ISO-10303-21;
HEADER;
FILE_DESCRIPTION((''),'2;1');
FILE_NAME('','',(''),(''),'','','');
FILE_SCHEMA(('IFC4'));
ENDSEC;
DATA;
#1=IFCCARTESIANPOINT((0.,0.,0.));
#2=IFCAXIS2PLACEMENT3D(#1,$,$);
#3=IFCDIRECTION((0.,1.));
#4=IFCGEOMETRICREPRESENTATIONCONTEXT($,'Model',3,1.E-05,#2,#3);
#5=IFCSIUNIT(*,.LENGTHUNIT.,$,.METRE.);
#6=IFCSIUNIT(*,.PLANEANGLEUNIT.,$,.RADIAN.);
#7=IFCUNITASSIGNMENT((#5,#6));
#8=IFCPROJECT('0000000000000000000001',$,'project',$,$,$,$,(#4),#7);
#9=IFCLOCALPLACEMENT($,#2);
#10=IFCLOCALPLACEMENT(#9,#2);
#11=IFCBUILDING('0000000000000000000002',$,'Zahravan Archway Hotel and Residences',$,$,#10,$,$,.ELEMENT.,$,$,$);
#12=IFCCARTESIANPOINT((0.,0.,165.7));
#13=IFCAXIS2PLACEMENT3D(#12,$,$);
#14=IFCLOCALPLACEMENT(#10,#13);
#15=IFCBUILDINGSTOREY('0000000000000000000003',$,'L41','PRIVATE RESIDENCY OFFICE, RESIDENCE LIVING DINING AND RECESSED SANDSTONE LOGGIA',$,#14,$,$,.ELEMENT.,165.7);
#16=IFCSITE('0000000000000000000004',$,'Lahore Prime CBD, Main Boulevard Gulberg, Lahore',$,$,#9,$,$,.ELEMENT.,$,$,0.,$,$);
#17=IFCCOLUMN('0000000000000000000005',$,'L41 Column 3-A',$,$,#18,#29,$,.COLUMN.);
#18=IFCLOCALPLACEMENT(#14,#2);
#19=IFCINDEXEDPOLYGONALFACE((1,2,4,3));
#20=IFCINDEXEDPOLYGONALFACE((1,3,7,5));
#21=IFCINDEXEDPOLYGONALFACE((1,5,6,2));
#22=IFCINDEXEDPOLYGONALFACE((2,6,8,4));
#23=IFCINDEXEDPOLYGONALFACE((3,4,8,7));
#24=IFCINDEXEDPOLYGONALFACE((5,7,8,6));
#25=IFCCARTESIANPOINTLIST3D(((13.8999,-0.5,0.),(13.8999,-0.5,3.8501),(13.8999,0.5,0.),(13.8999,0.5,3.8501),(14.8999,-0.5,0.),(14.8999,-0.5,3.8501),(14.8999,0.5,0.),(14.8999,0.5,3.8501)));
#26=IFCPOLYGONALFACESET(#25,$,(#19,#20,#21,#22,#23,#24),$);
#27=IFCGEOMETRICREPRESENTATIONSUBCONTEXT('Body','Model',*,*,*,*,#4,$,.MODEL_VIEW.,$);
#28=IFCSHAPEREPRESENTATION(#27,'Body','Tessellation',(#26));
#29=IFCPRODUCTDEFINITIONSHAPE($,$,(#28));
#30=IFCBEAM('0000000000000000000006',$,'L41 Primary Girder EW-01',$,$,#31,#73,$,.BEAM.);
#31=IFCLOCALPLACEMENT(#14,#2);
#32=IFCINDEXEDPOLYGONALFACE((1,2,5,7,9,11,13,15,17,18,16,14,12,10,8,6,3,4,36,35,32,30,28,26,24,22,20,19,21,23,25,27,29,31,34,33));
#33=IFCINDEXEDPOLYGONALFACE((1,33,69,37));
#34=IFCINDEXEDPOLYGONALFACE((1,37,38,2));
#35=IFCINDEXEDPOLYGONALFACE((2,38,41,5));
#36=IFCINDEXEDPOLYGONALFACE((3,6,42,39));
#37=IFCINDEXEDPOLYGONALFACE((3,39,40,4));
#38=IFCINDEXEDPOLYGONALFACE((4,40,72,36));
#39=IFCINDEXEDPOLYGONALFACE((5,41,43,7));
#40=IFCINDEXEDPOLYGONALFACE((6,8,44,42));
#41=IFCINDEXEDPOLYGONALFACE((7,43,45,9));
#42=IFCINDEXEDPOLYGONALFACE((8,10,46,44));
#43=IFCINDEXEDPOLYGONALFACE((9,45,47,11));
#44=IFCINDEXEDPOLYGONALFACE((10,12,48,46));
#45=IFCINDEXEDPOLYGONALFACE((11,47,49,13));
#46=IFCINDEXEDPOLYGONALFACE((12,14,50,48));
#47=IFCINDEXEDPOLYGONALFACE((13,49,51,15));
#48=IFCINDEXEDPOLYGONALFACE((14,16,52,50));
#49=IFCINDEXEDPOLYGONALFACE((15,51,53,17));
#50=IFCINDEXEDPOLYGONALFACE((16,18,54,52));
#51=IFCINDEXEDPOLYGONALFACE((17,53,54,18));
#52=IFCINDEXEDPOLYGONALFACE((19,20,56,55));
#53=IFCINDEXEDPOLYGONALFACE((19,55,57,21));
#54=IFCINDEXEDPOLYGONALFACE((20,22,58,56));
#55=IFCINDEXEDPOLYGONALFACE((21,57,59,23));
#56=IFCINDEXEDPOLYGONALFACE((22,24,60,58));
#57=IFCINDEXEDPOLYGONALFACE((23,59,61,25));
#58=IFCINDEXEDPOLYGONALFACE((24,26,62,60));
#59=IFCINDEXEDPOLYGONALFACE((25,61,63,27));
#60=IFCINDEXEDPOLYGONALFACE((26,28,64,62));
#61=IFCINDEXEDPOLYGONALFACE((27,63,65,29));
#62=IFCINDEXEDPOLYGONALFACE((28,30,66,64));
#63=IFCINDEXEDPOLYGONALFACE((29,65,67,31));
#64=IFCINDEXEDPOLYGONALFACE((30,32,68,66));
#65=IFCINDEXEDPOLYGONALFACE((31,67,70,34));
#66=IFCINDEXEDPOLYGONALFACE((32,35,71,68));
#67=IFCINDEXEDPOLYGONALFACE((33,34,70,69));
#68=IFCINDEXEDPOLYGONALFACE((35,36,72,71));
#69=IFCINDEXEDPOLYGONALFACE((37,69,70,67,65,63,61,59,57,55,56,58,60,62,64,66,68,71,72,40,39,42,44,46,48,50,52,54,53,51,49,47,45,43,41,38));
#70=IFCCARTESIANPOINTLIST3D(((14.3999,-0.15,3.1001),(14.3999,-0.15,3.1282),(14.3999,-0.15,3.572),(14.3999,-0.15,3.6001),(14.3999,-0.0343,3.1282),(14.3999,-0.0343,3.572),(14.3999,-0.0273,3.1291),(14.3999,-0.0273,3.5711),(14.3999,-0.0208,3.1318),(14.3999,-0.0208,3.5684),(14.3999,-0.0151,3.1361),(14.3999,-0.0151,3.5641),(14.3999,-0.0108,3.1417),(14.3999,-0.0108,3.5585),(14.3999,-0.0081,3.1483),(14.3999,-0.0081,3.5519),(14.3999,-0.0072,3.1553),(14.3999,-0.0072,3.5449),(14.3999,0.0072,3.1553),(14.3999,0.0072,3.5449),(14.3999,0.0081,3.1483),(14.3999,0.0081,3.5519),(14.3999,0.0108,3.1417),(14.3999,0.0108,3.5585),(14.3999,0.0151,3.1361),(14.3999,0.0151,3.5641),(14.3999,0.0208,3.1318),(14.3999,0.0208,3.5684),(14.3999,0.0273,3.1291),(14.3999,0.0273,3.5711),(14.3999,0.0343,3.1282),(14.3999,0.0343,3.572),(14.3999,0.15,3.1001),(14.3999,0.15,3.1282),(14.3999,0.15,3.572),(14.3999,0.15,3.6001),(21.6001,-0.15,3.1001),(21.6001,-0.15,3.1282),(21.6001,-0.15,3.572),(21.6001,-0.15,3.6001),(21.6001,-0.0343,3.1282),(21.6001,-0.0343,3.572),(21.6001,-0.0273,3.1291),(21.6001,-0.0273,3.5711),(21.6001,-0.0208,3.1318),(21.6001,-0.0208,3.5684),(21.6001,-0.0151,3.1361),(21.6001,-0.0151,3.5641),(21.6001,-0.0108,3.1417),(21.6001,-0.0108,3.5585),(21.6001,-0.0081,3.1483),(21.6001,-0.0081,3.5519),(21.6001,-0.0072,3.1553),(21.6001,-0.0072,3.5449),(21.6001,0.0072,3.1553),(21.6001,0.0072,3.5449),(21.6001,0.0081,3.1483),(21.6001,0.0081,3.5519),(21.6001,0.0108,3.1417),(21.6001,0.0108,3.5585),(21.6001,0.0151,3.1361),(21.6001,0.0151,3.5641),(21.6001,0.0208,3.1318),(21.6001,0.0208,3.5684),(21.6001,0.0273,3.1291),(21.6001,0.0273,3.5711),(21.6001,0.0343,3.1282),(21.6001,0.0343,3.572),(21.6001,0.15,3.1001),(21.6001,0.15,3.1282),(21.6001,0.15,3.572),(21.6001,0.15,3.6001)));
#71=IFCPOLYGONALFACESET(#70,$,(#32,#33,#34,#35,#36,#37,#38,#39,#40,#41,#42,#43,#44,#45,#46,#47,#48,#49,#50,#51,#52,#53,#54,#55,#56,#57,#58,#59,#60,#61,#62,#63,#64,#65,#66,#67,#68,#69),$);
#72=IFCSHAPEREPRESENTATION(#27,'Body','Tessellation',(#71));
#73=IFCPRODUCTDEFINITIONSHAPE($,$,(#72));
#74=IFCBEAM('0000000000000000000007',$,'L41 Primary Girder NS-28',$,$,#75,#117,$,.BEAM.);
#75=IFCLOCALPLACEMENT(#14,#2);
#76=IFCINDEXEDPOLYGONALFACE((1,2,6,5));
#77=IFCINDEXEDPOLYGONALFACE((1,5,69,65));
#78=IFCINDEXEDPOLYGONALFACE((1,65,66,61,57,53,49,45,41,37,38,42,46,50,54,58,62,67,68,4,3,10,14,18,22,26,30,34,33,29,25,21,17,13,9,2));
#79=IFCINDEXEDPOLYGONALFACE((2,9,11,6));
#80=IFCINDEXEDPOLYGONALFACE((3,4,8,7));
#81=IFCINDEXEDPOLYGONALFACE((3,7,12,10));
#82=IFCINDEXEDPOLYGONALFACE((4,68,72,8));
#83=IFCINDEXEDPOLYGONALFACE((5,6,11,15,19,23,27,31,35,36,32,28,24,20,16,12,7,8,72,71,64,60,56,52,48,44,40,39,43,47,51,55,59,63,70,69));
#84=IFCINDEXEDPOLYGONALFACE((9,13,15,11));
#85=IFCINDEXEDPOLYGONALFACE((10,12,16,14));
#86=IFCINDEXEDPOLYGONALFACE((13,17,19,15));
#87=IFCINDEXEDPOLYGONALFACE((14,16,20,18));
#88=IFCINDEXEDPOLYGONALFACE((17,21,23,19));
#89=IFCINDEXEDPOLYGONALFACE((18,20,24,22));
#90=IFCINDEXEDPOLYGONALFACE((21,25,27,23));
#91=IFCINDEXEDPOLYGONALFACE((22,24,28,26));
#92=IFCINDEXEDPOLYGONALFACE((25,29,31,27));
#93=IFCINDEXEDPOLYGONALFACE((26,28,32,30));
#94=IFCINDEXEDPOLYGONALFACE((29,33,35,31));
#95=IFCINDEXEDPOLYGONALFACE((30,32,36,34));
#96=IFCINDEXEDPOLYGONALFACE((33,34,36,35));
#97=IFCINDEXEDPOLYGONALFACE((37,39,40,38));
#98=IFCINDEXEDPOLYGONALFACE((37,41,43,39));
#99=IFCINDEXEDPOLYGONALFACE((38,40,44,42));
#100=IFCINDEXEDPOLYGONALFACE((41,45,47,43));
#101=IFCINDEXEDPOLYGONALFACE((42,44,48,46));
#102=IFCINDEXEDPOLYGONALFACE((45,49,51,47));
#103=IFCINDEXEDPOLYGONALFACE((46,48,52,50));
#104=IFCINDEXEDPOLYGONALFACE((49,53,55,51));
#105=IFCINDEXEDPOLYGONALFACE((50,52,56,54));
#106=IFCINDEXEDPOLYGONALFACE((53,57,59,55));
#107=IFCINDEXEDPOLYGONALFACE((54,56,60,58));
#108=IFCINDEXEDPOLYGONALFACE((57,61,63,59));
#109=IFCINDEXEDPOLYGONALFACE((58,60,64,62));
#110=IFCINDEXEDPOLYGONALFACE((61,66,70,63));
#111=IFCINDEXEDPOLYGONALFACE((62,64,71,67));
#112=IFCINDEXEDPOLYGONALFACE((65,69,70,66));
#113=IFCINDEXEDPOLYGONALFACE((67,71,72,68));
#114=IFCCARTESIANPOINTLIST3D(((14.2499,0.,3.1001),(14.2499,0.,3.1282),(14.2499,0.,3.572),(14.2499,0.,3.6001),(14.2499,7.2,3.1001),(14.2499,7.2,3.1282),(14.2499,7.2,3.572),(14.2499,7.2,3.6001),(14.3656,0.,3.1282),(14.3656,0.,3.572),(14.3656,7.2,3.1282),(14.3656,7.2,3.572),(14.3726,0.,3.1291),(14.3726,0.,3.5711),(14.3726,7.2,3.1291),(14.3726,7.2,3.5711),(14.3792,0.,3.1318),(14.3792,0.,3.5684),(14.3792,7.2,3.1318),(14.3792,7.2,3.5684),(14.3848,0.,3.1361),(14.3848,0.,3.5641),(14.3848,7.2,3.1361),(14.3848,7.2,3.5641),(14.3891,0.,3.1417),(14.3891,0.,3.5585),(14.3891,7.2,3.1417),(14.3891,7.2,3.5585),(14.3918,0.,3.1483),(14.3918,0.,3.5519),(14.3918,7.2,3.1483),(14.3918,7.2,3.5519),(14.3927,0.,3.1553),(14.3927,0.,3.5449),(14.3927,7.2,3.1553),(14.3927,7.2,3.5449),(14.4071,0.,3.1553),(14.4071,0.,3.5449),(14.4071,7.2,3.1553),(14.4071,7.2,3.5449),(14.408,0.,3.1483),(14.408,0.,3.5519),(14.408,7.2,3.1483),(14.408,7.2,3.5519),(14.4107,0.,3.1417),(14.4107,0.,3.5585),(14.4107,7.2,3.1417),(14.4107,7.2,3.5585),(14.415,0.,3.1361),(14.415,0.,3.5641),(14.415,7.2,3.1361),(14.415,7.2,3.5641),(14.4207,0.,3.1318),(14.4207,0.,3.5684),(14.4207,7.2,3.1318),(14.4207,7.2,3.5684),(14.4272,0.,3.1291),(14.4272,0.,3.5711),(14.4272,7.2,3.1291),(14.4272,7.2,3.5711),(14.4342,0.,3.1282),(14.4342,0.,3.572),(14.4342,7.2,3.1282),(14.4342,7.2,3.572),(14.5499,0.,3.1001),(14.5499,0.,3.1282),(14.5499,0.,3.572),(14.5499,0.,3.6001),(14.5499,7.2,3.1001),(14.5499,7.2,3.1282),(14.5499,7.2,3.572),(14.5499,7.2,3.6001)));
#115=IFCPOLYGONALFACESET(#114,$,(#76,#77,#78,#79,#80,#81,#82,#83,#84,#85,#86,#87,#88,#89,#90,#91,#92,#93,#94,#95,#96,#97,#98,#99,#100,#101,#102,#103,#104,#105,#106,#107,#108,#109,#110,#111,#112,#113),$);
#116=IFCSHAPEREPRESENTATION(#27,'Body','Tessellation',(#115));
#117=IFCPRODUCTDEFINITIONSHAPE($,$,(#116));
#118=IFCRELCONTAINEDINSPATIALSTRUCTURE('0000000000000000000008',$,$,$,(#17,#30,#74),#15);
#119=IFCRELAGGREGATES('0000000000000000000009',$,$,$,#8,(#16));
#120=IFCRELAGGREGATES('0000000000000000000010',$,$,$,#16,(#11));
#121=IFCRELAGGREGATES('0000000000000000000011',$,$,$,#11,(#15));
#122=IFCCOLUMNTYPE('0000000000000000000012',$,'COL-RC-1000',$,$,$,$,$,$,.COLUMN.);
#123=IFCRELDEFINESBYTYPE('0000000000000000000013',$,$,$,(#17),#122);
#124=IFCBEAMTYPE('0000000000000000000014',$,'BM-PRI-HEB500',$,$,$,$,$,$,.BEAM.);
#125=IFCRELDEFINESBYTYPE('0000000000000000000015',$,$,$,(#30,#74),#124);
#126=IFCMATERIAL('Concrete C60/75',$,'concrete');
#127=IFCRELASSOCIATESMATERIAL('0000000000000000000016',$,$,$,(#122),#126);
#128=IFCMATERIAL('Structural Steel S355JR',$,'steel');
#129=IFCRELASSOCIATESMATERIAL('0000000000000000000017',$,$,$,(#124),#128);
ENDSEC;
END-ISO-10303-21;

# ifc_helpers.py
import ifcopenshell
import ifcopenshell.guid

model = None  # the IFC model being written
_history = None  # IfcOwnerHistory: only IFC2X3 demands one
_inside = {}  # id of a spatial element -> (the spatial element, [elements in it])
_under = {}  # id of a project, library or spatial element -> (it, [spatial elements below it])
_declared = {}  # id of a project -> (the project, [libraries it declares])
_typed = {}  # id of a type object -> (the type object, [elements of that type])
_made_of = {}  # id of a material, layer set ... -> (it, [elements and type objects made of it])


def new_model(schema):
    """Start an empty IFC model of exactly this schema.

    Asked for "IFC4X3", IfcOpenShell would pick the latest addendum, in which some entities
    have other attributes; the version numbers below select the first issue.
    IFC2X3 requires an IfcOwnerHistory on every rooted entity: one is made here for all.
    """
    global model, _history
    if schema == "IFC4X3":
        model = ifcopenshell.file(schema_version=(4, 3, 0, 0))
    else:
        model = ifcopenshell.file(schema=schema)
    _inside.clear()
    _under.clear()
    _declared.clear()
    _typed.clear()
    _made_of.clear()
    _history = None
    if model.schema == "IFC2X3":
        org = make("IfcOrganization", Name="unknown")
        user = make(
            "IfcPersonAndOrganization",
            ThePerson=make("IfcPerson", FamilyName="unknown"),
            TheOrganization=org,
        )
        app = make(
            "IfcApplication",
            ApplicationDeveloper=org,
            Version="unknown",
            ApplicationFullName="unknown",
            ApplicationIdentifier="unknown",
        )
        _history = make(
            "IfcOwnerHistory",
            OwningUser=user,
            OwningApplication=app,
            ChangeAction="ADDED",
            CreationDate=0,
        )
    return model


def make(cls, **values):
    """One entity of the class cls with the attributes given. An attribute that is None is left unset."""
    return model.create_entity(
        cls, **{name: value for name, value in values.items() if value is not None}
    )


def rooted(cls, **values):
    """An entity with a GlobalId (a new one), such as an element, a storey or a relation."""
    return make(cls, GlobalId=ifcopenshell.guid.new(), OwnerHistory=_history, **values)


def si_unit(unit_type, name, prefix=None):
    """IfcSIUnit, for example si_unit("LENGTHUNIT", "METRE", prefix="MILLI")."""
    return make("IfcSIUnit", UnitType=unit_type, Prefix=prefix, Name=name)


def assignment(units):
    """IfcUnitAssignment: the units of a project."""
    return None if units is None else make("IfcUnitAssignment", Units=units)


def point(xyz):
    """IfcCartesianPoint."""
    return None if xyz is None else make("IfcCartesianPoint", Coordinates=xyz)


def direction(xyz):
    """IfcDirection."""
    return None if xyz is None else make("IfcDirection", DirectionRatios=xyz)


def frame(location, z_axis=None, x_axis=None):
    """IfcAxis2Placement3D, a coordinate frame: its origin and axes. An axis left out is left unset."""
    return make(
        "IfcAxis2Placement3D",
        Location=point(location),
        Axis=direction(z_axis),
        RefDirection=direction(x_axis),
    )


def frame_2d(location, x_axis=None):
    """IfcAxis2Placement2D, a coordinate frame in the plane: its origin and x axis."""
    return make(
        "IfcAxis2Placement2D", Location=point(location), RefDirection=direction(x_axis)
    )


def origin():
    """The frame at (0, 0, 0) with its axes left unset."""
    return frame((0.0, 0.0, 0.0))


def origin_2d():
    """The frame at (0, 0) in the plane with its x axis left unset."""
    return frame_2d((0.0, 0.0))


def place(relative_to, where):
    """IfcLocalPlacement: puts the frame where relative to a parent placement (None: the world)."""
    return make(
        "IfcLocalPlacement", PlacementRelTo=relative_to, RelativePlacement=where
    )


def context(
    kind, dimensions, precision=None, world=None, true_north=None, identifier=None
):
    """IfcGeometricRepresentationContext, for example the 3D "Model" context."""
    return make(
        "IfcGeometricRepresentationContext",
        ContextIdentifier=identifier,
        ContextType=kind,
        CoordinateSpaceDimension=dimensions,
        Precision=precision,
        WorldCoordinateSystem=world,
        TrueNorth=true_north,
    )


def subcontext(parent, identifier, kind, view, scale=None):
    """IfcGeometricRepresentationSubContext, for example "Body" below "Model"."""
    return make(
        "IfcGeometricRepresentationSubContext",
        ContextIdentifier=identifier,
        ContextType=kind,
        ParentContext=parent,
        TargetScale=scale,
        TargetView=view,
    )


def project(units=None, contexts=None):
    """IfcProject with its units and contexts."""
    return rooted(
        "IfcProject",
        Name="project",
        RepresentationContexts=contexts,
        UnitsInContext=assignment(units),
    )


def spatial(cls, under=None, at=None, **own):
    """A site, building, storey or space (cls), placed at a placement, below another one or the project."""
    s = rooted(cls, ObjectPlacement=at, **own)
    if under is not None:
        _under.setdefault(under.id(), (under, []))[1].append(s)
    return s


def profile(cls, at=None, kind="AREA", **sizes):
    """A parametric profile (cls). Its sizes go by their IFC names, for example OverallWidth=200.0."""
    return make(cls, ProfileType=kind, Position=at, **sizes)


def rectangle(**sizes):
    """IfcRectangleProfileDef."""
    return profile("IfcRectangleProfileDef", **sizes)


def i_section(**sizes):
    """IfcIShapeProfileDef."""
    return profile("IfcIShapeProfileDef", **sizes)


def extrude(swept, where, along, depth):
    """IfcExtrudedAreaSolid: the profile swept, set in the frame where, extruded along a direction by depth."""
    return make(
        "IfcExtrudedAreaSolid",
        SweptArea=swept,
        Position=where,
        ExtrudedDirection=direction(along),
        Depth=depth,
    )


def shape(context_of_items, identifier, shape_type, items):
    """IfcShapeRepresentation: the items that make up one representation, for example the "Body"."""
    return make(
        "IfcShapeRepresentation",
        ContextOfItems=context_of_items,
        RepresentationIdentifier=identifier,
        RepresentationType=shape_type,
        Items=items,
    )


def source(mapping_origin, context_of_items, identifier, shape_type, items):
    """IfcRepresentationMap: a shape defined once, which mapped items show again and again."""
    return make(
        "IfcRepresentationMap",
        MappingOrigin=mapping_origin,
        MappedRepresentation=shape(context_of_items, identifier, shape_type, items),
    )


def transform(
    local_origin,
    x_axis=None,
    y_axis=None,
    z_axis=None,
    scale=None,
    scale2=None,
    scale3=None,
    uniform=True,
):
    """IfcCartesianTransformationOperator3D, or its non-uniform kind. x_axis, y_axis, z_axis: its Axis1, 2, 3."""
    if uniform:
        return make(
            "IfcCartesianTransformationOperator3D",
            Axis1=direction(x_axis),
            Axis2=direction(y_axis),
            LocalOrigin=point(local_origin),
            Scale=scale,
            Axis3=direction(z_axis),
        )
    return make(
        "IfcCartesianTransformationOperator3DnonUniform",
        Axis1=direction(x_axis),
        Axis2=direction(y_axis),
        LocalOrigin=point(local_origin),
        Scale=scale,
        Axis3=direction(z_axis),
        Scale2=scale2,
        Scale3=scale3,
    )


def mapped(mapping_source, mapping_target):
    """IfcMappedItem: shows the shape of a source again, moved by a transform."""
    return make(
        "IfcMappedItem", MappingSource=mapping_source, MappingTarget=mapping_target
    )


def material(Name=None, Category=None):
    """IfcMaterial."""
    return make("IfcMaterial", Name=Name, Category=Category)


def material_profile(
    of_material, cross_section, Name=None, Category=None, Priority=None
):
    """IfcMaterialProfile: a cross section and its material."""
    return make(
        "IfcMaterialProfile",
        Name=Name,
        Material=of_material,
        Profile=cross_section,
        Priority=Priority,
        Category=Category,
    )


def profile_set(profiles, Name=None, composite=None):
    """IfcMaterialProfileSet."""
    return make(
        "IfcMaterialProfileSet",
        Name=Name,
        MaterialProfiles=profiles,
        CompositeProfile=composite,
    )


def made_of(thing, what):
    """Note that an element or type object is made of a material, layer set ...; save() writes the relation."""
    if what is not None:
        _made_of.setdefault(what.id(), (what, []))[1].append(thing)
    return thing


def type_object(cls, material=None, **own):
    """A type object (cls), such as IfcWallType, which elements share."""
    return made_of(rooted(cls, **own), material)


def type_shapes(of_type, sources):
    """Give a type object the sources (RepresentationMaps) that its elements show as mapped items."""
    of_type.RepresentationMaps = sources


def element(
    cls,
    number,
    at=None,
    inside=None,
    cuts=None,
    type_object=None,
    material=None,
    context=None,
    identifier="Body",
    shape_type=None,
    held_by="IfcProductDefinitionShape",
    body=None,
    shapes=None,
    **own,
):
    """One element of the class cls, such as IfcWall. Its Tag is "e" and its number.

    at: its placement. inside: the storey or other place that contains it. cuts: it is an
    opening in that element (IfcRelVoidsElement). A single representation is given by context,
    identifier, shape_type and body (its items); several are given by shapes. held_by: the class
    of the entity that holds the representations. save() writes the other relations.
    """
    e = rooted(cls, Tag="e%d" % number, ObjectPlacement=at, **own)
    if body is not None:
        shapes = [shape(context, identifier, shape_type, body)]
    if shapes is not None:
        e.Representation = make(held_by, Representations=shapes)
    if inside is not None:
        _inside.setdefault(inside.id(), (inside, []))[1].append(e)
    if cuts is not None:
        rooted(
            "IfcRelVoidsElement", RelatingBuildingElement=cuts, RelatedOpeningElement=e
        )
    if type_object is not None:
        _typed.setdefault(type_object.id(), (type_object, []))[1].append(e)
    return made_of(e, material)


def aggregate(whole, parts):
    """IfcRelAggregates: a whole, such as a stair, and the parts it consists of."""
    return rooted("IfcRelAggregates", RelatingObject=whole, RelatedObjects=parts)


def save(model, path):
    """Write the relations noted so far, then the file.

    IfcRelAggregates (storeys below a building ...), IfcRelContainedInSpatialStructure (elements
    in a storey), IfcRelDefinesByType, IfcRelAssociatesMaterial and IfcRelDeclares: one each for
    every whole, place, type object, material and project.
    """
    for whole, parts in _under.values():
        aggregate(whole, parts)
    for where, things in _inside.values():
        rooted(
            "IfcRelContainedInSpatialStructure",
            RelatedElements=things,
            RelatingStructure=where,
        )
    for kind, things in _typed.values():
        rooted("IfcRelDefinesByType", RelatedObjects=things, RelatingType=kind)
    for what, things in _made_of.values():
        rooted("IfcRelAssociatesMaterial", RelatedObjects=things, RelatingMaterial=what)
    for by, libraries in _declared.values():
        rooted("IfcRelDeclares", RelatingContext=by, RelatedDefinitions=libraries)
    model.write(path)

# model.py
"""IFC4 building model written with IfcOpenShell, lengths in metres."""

from ifc_helpers import new_model, si_unit, direction, frame, origin, origin_2d, place, context, subcontext, project, spatial, rectangle, i_section, extrude, source, transform, mapped, material, material_profile, profile_set, type_object, type_shapes, element, save


model = new_model("IFC4")

# Units and contexts
model_context = context("Model", 3, precision=1e-05, world=origin(), true_north=direction((0.0, 1.0)))
body_context = subcontext(model_context, "Body", "Model", "MODEL_VIEW")
ifc_project = project(units=[si_unit("LENGTHUNIT", "METRE"), si_unit("PLANEANGLEUNIT", "RADIAN")], contexts=[model_context])

# Site, building, storey
site_placement = place(None, origin())
site = spatial("IfcSite", under=ifc_project, at=site_placement, Name="Lahore Prime CBD, Main Boulevard Gulberg, Lahore", CompositionType="ELEMENT", RefElevation=0.0)
building_placement = place(site_placement, origin())
building = spatial("IfcBuilding", under=site, at=building_placement, Name="Zahravan Archway Hotel and Residences", CompositionType="ELEMENT")
storey_placement = place(building_placement, frame((0.0, 0.0, 165.7)))
storey = spatial("IfcBuildingStorey", under=building, at=storey_placement, Name="L41", Description="PRIVATE RESIDENCY OFFICE, RESIDENCE LIVING DINING AND RECESSED SANDSTONE LOGGIA", CompositionType="ELEMENT", Elevation=165.7)

# Column
ifc_material_1 = material(Name="Concrete C60/75", Category="concrete")
ifc_material_profile_1 = material_profile(ifc_material_1, rectangle(XDim=1.0, YDim=1.0, at=origin_2d()), Name="RC-COL-1000x1000", Category="concrete")
ifc_profile_set_1 = profile_set([ifc_material_profile_1], Name="Concrete C60/75")
column_type = type_object("IfcColumnType", Name="COL-RC-1000", PredefinedType="COLUMN", material=ifc_profile_set_1)
shared_shape_1 = source(origin(), body_context, "Body", "SweptSolid", [
    extrude(rectangle(XDim=1.0, YDim=1.0, at=origin_2d()), origin(), (0.0, 0.0, 1.0), 3.8501),
])
column_placement = place(storey_placement, frame((14.3999, 0.0, 0.0), z_axis=(0.0, 0.0, 1.0), x_axis=(1.0, 0.0, 0.0)))
element("IfcColumn", 1, at=column_placement, inside=storey, type_object=column_type, Name="L41 Column 3-A", PredefinedType="COLUMN", context=body_context, shape_type="MappedRepresentation", body=[
    mapped(shared_shape_1, transform((0.0, 0.0, 0.0), scale=1.0)),
])

# Beams
ifc_material_2 = material(Name="Structural Steel S355JR", Category="steel")
ifc_material_profile_2 = material_profile(ifc_material_2, i_section(OverallWidth=0.3, OverallDepth=0.5, WebThickness=0.0144, FlangeThickness=0.0281, FilletRadius=0.0271, at=origin_2d()), Name="HEB 500", Category="steel")
ifc_profile_set_2 = profile_set([ifc_material_profile_2], Name="Structural Steel S355JR")
beam_type = type_object("IfcBeamType", Name="BM-PRI-HEB500", PredefinedType="BEAM", material=ifc_profile_set_2)
shared_shape_2 = source(origin(), body_context, "Body", "SweptSolid", [
    extrude(i_section(OverallWidth=0.3, OverallDepth=0.5, WebThickness=0.0144, FlangeThickness=0.0281, FilletRadius=0.0271, at=origin_2d()), origin(), (0.0, 0.0, 1.0), 7.2002),
])
type_shapes(beam_type, [shared_shape_2])
beam_1_placement = place(storey_placement, frame((14.3999, 0.0, 3.3501), z_axis=(1.0, 0.0, 0.0), x_axis=(0.0, 1.0, 0.0)))
element("IfcBeam", 2, at=beam_1_placement, inside=storey, type_object=beam_type, Name="L41 Primary Girder EW-01", PredefinedType="BEAM", context=body_context, shape_type="MappedRepresentation", body=[
    mapped(shared_shape_2, transform((0.0, 0.0, 0.0), scale=1.0)),
])
shared_shape_3 = source(origin(), body_context, "Body", "SweptSolid", [
    extrude(i_section(OverallWidth=0.3, OverallDepth=0.5, WebThickness=0.0144, FlangeThickness=0.0281, FilletRadius=0.0271, at=origin_2d()), origin(), (0.0, 0.0, 1.0), 7.2),
])
beam_2_placement = place(storey_placement, frame((14.3999, 0.0, 3.3501), z_axis=(0.0, 1.0, 0.0), x_axis=(-1.0, 0.0, 0.0)))
element("IfcBeam", 3, at=beam_2_placement, inside=storey, type_object=beam_type, Name="L41 Primary Girder NS-28", PredefinedType="BEAM", context=body_context, shape_type="MappedRepresentation", body=[
    mapped(shared_shape_3, transform((0.0, 0.0, 0.0), scale=1.0)),
])

save(model, "model.ifc")
